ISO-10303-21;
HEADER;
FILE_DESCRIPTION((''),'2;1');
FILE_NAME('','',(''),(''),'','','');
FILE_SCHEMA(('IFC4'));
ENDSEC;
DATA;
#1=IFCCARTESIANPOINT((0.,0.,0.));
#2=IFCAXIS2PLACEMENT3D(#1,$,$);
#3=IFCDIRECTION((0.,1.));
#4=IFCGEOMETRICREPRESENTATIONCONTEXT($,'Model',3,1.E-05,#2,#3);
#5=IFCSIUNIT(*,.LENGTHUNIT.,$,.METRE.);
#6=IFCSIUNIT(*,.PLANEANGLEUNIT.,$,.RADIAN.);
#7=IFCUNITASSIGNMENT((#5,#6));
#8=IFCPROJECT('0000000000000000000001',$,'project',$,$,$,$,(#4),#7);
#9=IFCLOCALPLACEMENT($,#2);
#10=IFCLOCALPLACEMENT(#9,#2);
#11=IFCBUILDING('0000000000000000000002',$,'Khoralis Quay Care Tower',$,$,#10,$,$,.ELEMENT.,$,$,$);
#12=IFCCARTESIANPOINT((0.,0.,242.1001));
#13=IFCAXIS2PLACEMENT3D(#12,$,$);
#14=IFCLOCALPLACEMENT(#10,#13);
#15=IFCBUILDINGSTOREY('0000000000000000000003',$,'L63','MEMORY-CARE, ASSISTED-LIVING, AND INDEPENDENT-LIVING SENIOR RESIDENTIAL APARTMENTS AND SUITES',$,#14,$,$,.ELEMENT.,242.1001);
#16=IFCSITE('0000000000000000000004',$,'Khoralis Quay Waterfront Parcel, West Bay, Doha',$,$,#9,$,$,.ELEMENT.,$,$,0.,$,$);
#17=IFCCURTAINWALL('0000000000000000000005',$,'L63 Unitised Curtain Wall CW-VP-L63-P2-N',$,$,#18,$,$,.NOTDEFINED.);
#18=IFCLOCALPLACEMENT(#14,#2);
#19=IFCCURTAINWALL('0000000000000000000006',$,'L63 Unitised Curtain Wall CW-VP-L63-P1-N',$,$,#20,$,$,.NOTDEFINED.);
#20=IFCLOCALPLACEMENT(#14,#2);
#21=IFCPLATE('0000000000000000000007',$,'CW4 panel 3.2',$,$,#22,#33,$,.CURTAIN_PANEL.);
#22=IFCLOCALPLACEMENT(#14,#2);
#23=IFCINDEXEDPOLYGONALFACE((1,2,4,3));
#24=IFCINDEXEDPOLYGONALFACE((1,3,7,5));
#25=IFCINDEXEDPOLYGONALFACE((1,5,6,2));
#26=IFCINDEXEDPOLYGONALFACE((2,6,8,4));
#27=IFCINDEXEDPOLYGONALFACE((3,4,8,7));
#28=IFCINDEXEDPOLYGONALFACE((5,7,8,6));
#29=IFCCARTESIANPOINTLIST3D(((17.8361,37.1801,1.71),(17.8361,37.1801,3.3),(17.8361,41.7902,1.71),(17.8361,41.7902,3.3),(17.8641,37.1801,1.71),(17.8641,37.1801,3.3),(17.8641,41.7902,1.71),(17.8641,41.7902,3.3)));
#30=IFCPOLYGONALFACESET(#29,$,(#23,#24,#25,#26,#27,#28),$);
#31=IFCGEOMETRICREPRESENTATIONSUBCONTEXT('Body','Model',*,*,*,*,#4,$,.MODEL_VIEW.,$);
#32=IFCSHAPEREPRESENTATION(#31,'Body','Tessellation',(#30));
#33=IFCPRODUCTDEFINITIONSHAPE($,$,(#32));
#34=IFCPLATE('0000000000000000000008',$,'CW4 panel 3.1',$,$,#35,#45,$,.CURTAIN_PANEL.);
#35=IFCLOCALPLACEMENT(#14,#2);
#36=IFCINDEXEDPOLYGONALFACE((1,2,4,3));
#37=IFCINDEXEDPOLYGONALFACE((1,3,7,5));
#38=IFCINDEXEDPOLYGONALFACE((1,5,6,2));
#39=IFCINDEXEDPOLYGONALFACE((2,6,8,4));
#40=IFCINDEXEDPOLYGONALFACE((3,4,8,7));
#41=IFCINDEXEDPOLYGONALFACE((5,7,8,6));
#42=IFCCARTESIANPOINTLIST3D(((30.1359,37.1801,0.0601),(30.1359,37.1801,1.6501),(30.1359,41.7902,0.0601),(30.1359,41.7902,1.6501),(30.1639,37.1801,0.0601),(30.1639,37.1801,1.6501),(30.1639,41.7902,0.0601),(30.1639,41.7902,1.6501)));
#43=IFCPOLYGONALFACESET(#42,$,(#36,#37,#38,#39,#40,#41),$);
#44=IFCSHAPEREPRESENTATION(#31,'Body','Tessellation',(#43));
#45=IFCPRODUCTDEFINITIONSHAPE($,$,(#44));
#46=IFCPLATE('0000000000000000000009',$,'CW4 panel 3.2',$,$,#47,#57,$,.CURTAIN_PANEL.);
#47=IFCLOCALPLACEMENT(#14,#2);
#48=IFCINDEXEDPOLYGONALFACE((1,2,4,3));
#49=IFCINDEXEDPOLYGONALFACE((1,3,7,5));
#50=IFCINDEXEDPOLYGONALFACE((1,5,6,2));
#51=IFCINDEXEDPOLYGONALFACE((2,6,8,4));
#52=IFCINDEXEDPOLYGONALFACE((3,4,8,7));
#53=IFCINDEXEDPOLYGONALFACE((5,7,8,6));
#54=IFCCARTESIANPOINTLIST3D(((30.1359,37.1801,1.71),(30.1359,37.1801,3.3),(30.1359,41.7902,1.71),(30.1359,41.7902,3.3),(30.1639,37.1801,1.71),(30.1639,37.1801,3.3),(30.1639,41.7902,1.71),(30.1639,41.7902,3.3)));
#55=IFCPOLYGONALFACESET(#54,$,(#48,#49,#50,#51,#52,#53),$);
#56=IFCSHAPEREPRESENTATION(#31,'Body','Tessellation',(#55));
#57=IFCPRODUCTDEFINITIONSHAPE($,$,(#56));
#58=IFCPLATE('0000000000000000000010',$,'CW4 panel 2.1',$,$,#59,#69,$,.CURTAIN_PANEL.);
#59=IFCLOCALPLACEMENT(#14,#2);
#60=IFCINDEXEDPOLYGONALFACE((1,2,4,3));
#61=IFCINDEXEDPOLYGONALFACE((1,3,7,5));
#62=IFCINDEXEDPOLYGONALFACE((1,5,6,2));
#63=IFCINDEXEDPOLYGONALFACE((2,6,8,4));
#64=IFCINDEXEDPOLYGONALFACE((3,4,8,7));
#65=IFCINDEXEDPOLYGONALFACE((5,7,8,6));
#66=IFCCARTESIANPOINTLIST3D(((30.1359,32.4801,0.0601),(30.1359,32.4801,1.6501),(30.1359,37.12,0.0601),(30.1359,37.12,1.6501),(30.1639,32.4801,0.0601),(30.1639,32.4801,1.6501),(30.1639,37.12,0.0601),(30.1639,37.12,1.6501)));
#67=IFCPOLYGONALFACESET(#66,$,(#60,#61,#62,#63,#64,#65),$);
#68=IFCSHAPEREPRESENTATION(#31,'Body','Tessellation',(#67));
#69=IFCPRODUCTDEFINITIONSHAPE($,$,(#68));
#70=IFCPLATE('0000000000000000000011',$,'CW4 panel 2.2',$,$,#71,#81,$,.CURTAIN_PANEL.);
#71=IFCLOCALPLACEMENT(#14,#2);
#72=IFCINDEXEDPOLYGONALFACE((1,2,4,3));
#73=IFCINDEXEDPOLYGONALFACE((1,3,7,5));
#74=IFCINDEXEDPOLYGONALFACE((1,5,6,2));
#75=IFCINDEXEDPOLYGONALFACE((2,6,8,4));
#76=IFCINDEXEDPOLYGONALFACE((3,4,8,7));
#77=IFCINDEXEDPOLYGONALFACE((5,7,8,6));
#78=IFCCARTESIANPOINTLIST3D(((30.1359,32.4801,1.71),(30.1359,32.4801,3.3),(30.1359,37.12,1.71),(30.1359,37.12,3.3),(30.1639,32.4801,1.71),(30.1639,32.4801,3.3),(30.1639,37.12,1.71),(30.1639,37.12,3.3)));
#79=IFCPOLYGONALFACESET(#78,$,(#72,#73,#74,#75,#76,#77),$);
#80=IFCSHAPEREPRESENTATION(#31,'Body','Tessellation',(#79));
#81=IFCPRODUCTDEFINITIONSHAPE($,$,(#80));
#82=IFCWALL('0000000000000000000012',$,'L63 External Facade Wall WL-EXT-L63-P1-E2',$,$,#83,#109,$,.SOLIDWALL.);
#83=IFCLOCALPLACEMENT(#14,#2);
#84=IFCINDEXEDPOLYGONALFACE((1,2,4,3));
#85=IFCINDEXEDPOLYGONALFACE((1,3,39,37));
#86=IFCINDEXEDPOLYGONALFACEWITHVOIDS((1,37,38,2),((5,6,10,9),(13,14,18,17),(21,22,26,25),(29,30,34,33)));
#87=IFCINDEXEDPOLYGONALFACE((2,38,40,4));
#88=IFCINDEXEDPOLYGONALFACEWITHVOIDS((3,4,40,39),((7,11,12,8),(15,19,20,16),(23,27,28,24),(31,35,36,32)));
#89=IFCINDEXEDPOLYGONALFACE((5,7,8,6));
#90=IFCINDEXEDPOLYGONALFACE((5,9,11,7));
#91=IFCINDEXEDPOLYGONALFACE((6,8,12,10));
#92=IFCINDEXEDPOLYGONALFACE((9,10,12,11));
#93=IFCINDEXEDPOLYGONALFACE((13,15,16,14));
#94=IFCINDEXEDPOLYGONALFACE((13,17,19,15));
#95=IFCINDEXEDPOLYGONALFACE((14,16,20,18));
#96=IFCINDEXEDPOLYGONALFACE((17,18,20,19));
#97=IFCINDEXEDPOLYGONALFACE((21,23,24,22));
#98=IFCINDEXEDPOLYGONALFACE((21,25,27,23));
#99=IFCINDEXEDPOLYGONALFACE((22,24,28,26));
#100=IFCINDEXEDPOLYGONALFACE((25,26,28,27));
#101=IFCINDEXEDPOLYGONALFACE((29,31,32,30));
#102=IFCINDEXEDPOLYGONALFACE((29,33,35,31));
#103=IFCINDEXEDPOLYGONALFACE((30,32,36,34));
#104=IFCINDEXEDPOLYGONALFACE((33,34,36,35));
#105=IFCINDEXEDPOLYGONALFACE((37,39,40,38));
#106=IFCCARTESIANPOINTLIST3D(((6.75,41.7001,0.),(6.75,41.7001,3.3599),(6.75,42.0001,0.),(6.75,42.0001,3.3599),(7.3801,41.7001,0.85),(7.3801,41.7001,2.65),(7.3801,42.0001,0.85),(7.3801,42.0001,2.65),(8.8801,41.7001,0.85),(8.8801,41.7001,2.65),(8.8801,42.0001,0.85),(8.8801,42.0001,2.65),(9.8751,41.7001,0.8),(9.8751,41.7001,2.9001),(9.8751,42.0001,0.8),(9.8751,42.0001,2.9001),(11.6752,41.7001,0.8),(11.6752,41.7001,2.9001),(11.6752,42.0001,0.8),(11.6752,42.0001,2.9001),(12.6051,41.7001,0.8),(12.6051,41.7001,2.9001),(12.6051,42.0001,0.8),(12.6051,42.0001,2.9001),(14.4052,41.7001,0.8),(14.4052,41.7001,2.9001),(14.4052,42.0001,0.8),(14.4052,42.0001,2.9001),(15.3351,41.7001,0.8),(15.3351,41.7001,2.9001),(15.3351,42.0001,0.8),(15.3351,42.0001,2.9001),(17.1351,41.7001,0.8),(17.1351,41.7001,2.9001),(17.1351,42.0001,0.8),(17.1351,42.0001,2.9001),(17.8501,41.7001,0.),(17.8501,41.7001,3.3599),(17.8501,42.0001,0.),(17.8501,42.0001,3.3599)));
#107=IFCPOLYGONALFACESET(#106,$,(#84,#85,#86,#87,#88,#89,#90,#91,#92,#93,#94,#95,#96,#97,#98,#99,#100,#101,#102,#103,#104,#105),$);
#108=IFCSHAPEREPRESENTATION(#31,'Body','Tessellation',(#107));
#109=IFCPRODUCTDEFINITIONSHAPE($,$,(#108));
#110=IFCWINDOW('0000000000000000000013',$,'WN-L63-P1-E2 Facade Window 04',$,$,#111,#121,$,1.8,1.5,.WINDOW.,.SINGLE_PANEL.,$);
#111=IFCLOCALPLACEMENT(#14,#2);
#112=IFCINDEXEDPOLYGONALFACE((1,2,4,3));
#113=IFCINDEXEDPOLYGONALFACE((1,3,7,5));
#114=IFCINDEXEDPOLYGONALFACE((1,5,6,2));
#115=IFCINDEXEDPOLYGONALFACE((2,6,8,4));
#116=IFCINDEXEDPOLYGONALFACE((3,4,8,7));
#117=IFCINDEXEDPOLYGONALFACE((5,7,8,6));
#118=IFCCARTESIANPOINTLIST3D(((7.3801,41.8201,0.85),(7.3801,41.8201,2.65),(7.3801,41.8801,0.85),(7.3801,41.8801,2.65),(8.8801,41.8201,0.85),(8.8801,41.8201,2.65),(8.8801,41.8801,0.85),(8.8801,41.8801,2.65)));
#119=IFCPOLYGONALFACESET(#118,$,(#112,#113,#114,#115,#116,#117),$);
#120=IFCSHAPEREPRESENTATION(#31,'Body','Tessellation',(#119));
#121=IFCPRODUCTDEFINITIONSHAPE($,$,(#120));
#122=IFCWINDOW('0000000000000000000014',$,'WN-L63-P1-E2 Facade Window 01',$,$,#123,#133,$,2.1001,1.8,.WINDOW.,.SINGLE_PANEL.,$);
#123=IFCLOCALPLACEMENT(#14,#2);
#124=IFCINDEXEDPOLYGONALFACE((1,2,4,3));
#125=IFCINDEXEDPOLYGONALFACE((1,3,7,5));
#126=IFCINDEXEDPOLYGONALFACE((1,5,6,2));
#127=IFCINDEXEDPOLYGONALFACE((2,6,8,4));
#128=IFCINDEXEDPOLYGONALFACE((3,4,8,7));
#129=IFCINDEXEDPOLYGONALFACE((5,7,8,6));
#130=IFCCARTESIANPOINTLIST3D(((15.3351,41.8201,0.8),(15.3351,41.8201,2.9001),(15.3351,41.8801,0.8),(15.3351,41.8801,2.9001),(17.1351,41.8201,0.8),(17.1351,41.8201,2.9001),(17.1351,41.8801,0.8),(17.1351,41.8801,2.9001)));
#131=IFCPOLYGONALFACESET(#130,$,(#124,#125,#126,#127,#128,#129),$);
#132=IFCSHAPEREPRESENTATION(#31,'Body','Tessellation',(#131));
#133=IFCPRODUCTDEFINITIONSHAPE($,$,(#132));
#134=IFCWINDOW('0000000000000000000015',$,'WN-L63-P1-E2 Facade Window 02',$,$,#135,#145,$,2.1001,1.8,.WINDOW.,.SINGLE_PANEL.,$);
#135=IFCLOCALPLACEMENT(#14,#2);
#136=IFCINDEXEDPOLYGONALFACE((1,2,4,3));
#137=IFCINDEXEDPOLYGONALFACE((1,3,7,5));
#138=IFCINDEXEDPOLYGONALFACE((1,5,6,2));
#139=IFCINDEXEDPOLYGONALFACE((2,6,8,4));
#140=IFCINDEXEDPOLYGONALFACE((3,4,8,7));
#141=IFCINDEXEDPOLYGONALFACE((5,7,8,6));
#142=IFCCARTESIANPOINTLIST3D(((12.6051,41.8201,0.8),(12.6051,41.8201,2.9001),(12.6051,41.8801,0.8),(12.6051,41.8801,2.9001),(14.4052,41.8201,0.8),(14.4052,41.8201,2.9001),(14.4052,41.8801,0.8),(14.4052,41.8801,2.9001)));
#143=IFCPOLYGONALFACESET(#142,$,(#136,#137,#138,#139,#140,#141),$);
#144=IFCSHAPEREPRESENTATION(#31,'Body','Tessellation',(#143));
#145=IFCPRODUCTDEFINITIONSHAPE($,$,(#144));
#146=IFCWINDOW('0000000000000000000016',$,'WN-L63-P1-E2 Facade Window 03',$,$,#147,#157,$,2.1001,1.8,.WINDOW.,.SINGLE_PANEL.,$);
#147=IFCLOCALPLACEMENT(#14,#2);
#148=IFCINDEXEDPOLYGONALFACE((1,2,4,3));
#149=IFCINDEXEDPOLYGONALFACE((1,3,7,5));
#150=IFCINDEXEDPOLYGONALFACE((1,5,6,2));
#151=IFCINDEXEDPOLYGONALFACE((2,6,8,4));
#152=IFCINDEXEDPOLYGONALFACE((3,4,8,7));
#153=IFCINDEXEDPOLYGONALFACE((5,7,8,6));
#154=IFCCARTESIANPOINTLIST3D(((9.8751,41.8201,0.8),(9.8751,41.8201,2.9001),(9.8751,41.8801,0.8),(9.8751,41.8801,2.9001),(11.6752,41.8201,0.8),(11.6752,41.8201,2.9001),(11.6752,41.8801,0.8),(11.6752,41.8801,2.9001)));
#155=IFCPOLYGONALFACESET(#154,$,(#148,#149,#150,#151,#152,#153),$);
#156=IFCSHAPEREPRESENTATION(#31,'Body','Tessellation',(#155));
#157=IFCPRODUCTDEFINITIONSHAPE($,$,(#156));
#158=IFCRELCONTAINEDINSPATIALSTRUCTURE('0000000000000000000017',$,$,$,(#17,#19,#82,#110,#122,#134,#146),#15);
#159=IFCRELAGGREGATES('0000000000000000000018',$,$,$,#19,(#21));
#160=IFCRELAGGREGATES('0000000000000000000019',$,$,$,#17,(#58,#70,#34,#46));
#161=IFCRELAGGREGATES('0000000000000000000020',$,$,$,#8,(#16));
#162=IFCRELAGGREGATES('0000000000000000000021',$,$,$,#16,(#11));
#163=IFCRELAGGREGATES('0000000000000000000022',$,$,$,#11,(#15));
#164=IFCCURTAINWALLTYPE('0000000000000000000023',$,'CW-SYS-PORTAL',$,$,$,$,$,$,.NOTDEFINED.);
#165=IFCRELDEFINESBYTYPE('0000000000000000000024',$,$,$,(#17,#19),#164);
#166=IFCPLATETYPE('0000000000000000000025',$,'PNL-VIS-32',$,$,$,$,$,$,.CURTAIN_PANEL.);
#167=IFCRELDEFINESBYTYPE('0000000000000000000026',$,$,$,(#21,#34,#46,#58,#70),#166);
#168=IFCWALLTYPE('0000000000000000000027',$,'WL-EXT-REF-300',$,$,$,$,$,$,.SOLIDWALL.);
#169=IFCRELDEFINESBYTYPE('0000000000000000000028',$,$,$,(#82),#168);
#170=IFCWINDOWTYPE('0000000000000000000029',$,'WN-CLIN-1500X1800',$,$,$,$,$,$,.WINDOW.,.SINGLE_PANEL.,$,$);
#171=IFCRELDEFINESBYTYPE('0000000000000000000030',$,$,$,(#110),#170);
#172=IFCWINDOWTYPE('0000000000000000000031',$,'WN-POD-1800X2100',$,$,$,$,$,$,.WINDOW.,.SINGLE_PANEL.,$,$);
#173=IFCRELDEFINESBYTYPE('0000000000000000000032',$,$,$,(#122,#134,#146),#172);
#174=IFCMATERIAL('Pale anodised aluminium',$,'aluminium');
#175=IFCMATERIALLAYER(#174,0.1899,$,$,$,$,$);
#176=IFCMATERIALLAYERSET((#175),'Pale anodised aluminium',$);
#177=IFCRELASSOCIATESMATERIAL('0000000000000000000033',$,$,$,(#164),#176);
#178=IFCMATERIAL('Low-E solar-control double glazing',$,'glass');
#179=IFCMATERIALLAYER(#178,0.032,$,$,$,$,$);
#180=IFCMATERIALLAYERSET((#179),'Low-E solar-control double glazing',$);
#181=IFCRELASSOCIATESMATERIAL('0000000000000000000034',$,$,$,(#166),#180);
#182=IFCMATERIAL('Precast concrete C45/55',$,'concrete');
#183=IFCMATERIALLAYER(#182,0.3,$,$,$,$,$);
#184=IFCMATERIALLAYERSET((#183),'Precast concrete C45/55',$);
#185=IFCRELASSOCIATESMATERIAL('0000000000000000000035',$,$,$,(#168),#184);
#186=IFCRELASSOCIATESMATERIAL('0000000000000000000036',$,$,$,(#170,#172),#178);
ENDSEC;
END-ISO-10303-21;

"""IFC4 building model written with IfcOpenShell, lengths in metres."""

from ifc_helpers import new_model, si_unit, direction, frame, frame_2d, origin, origin_2d, place, context, subcontext, project, spatial, rectangle, extrude, source, transform, mapped, material, layer, layer_set, type_object, element, fill, aggregate, save


model = new_model("IFC4")

# Units and contexts
model_context = context("Model", 3, precision=1e-05, world=origin(), true_north=direction((0.0, 1.0)))
body_context = subcontext(model_context, "Body", "Model", "MODEL_VIEW")
ifc_project = project(units=[si_unit("LENGTHUNIT", "METRE"), si_unit("PLANEANGLEUNIT", "RADIAN")], contexts=[model_context])

# Site, building, storey
site_placement = place(None, origin())
site = spatial("IfcSite", under=ifc_project, at=site_placement, Name="Khoralis Quay Waterfront Parcel, West Bay, Doha", CompositionType="ELEMENT", RefElevation=0.0)
building_placement = place(site_placement, origin())
building = spatial("IfcBuilding", under=site, at=building_placement, Name="Khoralis Quay Care Tower", CompositionType="ELEMENT")
storey_placement = place(building_placement, frame((0.0, 0.0, 242.1001)))
storey = spatial("IfcBuildingStorey", under=building, at=storey_placement, Name="L63", Description="MEMORY-CARE, ASSISTED-LIVING, AND INDEPENDENT-LIVING SENIOR RESIDENTIAL APARTMENTS AND SUITES", CompositionType="ELEMENT", Elevation=242.1001)

# Curtain wall
ifc_material_1 = material(Name="Pale anodised aluminium", Category="aluminium")
ifc_layer_1 = layer(ifc_material_1, 0.1899)
ifc_layer_set_1 = layer_set([ifc_layer_1], Name="Pale anodised aluminium")
curtain_wall_type = type_object("IfcCurtainWallType", Name="CW-SYS-PORTAL", PredefinedType="NOTDEFINED", material=ifc_layer_set_1)
curtain_wall_1_placement = place(storey_placement, origin())
curtain_wall_1 = element("IfcCurtainWall", 1, at=curtain_wall_1_placement, inside=storey, type_object=curtain_wall_type, Name="L63 Unitised Curtain Wall CW-VP-L63-P2-N", PredefinedType="NOTDEFINED")

# Curtain wall
curtain_wall_2_placement = place(storey_placement, origin())
curtain_wall_2 = element("IfcCurtainWall", 2, at=curtain_wall_2_placement, inside=storey, type_object=curtain_wall_type, Name="L63 Unitised Curtain Wall CW-VP-L63-P1-N", PredefinedType="NOTDEFINED")

# Plates
ifc_material_2 = material(Name="Low-E solar-control double glazing", Category="glass")
ifc_layer_2 = layer(ifc_material_2, 0.032)
ifc_layer_set_2 = layer_set([ifc_layer_2], Name="Low-E solar-control double glazing")
plate_type = type_object("IfcPlateType", Name="PNL-VIS-32", PredefinedType="CURTAIN_PANEL", material=ifc_layer_set_2)
shared_shape_1 = source(origin(), body_context, "Body", "SweptSolid", [
    extrude(rectangle(XDim=4.6101, YDim=0.0281, at=origin_2d()), origin(), (0.0, 0.0, 1.0), 1.5901),
])
plate_1_placement = place(storey_placement, frame((17.8501, 39.4851, 1.71), z_axis=(0.0, 0.0, 1.0), x_axis=(0.0, 1.0, 0.0)))
plate_1 = element("IfcPlate", 3, at=plate_1_placement, type_object=plate_type, Name="CW4 panel 3.2", PredefinedType="CURTAIN_PANEL", context=body_context, shape_type="MappedRepresentation", body=[
    mapped(shared_shape_1, transform((0.0, 0.0, 0.0), scale=1.0)),
])
aggregate(curtain_wall_2, [plate_1])
plate_2_placement = place(storey_placement, frame((30.1499, 39.4851, 0.0601), z_axis=(0.0, 0.0, 1.0), x_axis=(0.0, 1.0, 0.0)))
plate_2 = element("IfcPlate", 4, at=plate_2_placement, type_object=plate_type, Name="CW4 panel 3.1", PredefinedType="CURTAIN_PANEL", context=body_context, shape_type="MappedRepresentation", body=[
    mapped(shared_shape_1, transform((0.0, 0.0, 0.0), scale=1.0)),
])
plate_3_placement = place(storey_placement, frame((30.1499, 39.4851, 1.71), z_axis=(0.0, 0.0, 1.0), x_axis=(0.0, 1.0, 0.0)))
plate_3 = element("IfcPlate", 5, at=plate_3_placement, type_object=plate_type, Name="CW4 panel 3.2", PredefinedType="CURTAIN_PANEL", context=body_context, shape_type="MappedRepresentation", body=[
    mapped(shared_shape_1, transform((0.0, 0.0, 0.0), scale=1.0)),
])
shared_shape_2 = source(origin(), body_context, "Body", "SweptSolid", [
    extrude(rectangle(XDim=4.6399, YDim=0.0281, at=origin_2d()), origin(), (0.0, 0.0, 1.0), 1.5901),
])
plate_4_placement = place(storey_placement, frame((30.1499, 34.8, 0.0601), z_axis=(0.0, 0.0, 1.0), x_axis=(0.0, 1.0, 0.0)))
plate_4 = element("IfcPlate", 6, at=plate_4_placement, type_object=plate_type, Name="CW4 panel 2.1", PredefinedType="CURTAIN_PANEL", context=body_context, shape_type="MappedRepresentation", body=[
    mapped(shared_shape_2, transform((0.0, 0.0, 0.0), scale=1.0)),
])
plate_5_placement = place(storey_placement, frame((30.1499, 34.8, 1.71), z_axis=(0.0, 0.0, 1.0), x_axis=(0.0, 1.0, 0.0)))
plate_5 = element("IfcPlate", 7, at=plate_5_placement, type_object=plate_type, Name="CW4 panel 2.2", PredefinedType="CURTAIN_PANEL", context=body_context, shape_type="MappedRepresentation", body=[
    mapped(shared_shape_2, transform((0.0, 0.0, 0.0), scale=1.0)),
])
aggregate(curtain_wall_1, [plate_4, plate_5, plate_2, plate_3])

# Wall, openings, windows
ifc_material_3 = material(Name="Precast concrete C45/55", Category="concrete")
ifc_layer_3 = layer(ifc_material_3, 0.3)
ifc_layer_set_3 = layer_set([ifc_layer_3], Name="Precast concrete C45/55")
wall_type = type_object("IfcWallType", Name="WL-EXT-REF-300", PredefinedType="SOLIDWALL", material=ifc_layer_set_3)
wall_placement = place(storey_placement, frame((17.8501, 41.8501, 0.0), z_axis=(0.0, 0.0, 1.0), x_axis=(-1.0, 0.0, 0.0)))
wall = element("IfcWall", 8, at=wall_placement, inside=storey, type_object=wall_type, Name="L63 External Facade Wall WL-EXT-L63-P1-E2", PredefinedType="SOLIDWALL", context=body_context, shape_type="SweptSolid", body=[
    extrude(rectangle(XDim=11.1001, YDim=0.3, at=frame_2d((5.55, 0.0))), origin(), (0.0, 0.0, 1.0), 3.3599),
])
opening_1_placement = place(wall_placement, frame((0.7151, 0.0, 0.8)))
opening_1 = element("IfcOpeningElement", 9, at=opening_1_placement, cuts=wall, PredefinedType="OPENING", context=body_context, shape_type="SweptSolid", body=[
    extrude(rectangle(XDim=1.8, YDim=2.1001, at=frame_2d((0.8999, 1.05))), frame((0.0, 0.1602, 0.0), z_axis=(0.0, -1.0, 0.0), x_axis=(1.0, 0.0, 0.0)), (0.0, 0.0, 1.0), 0.3201),
])
opening_2_placement = place(wall_placement, frame((3.4451, 0.0, 0.8)))
opening_2 = element("IfcOpeningElement", 10, at=opening_2_placement, cuts=wall, PredefinedType="OPENING", context=body_context, shape_type="SweptSolid", body=[
    extrude(rectangle(XDim=1.8, YDim=2.1001, at=frame_2d((0.8999, 1.05))), frame((0.0, 0.1602, 0.0), z_axis=(0.0, -1.0, 0.0), x_axis=(1.0, 0.0, 0.0)), (0.0, 0.0, 1.0), 0.3201),
])
opening_3_placement = place(wall_placement, frame((6.175, 0.0, 0.8)))
opening_3 = element("IfcOpeningElement", 11, at=opening_3_placement, cuts=wall, PredefinedType="OPENING", context=body_context, shape_type="SweptSolid", body=[
    extrude(rectangle(XDim=1.8, YDim=2.1001, at=frame_2d((0.8999, 1.05))), frame((0.0, 0.1602, 0.0), z_axis=(0.0, -1.0, 0.0), x_axis=(1.0, 0.0, 0.0)), (0.0, 0.0, 1.0), 0.3201),
])
opening_4_placement = place(wall_placement, frame((8.97, 0.0, 0.8501)))
opening_4 = element("IfcOpeningElement", 12, at=opening_4_placement, cuts=wall, PredefinedType="OPENING", context=body_context, shape_type="SweptSolid", body=[
    extrude(rectangle(XDim=1.5, YDim=1.8, at=frame_2d((0.75, 0.8999))), frame((0.0, 0.1602, 0.0), z_axis=(0.0, -1.0, 0.0), x_axis=(1.0, 0.0, 0.0)), (0.0, 0.0, 1.0), 0.3201),
])
window_type_1 = type_object("IfcWindowType", Name="WN-CLIN-1500X1800", PartitioningType="SINGLE_PANEL", PredefinedType="WINDOW", material=ifc_material_2)
shared_shape_3 = source(origin(), body_context, "Body", "SweptSolid", [
    extrude(rectangle(XDim=1.5, YDim=1.8, at=frame_2d((0.75, 0.8999))), frame((0.0, 0.03, 0.0), z_axis=(0.0, -1.0, 0.0), x_axis=(1.0, 0.0, 0.0)), (0.0, 0.0, 1.0), 0.0601),
])
window_1_placement = place(opening_4_placement, origin())
window_1 = element("IfcWindow", 13, at=window_1_placement, inside=storey, type_object=window_type_1, Name="WN-L63-P1-E2 Facade Window 04", OverallHeight=1.8, OverallWidth=1.5, PartitioningType="SINGLE_PANEL", PredefinedType="WINDOW", context=body_context, shape_type="MappedRepresentation", body=[
    mapped(shared_shape_3, transform((0.0, 0.0, 0.0), scale=1.0)),
])
fill(opening_4, window_1)
window_type_2 = type_object("IfcWindowType", Name="WN-POD-1800X2100", PartitioningType="SINGLE_PANEL", PredefinedType="WINDOW", material=ifc_material_2)
shared_shape_4 = source(origin(), body_context, "Body", "SweptSolid", [
    extrude(rectangle(XDim=1.8, YDim=2.1001, at=frame_2d((0.8999, 1.05))), frame((0.0, 0.03, 0.0), z_axis=(0.0, -1.0, 0.0), x_axis=(1.0, 0.0, 0.0)), (0.0, 0.0, 1.0), 0.0601),
])
window_2_placement = place(opening_1_placement, origin())
window_2 = element("IfcWindow", 14, at=window_2_placement, inside=storey, type_object=window_type_2, Name="WN-L63-P1-E2 Facade Window 01", OverallHeight=2.1001, OverallWidth=1.8, PartitioningType="SINGLE_PANEL", PredefinedType="WINDOW", context=body_context, shape_type="MappedRepresentation", body=[
    mapped(shared_shape_4, transform((0.0, 0.0, 0.0), scale=1.0)),
])
fill(opening_1, window_2)
window_3_placement = place(opening_2_placement, origin())
window_3 = element("IfcWindow", 15, at=window_3_placement, inside=storey, type_object=window_type_2, Name="WN-L63-P1-E2 Facade Window 02", OverallHeight=2.1001, OverallWidth=1.8, PartitioningType="SINGLE_PANEL", PredefinedType="WINDOW", context=body_context, shape_type="MappedRepresentation", body=[
    mapped(shared_shape_4, transform((0.0, 0.0, 0.0), scale=1.0)),
])
fill(opening_2, window_3)
window_4_placement = place(opening_3_placement, origin())
window_4 = element("IfcWindow", 16, at=window_4_placement, inside=storey, type_object=window_type_2, Name="WN-L63-P1-E2 Facade Window 03", OverallHeight=2.1001, OverallWidth=1.8, PartitioningType="SINGLE_PANEL", PredefinedType="WINDOW", context=body_context, shape_type="MappedRepresentation", body=[
    mapped(shared_shape_4, transform((0.0, 0.0, 0.0), scale=1.0)),
])
fill(opening_3, window_4)

save(model, "model.ifc")
